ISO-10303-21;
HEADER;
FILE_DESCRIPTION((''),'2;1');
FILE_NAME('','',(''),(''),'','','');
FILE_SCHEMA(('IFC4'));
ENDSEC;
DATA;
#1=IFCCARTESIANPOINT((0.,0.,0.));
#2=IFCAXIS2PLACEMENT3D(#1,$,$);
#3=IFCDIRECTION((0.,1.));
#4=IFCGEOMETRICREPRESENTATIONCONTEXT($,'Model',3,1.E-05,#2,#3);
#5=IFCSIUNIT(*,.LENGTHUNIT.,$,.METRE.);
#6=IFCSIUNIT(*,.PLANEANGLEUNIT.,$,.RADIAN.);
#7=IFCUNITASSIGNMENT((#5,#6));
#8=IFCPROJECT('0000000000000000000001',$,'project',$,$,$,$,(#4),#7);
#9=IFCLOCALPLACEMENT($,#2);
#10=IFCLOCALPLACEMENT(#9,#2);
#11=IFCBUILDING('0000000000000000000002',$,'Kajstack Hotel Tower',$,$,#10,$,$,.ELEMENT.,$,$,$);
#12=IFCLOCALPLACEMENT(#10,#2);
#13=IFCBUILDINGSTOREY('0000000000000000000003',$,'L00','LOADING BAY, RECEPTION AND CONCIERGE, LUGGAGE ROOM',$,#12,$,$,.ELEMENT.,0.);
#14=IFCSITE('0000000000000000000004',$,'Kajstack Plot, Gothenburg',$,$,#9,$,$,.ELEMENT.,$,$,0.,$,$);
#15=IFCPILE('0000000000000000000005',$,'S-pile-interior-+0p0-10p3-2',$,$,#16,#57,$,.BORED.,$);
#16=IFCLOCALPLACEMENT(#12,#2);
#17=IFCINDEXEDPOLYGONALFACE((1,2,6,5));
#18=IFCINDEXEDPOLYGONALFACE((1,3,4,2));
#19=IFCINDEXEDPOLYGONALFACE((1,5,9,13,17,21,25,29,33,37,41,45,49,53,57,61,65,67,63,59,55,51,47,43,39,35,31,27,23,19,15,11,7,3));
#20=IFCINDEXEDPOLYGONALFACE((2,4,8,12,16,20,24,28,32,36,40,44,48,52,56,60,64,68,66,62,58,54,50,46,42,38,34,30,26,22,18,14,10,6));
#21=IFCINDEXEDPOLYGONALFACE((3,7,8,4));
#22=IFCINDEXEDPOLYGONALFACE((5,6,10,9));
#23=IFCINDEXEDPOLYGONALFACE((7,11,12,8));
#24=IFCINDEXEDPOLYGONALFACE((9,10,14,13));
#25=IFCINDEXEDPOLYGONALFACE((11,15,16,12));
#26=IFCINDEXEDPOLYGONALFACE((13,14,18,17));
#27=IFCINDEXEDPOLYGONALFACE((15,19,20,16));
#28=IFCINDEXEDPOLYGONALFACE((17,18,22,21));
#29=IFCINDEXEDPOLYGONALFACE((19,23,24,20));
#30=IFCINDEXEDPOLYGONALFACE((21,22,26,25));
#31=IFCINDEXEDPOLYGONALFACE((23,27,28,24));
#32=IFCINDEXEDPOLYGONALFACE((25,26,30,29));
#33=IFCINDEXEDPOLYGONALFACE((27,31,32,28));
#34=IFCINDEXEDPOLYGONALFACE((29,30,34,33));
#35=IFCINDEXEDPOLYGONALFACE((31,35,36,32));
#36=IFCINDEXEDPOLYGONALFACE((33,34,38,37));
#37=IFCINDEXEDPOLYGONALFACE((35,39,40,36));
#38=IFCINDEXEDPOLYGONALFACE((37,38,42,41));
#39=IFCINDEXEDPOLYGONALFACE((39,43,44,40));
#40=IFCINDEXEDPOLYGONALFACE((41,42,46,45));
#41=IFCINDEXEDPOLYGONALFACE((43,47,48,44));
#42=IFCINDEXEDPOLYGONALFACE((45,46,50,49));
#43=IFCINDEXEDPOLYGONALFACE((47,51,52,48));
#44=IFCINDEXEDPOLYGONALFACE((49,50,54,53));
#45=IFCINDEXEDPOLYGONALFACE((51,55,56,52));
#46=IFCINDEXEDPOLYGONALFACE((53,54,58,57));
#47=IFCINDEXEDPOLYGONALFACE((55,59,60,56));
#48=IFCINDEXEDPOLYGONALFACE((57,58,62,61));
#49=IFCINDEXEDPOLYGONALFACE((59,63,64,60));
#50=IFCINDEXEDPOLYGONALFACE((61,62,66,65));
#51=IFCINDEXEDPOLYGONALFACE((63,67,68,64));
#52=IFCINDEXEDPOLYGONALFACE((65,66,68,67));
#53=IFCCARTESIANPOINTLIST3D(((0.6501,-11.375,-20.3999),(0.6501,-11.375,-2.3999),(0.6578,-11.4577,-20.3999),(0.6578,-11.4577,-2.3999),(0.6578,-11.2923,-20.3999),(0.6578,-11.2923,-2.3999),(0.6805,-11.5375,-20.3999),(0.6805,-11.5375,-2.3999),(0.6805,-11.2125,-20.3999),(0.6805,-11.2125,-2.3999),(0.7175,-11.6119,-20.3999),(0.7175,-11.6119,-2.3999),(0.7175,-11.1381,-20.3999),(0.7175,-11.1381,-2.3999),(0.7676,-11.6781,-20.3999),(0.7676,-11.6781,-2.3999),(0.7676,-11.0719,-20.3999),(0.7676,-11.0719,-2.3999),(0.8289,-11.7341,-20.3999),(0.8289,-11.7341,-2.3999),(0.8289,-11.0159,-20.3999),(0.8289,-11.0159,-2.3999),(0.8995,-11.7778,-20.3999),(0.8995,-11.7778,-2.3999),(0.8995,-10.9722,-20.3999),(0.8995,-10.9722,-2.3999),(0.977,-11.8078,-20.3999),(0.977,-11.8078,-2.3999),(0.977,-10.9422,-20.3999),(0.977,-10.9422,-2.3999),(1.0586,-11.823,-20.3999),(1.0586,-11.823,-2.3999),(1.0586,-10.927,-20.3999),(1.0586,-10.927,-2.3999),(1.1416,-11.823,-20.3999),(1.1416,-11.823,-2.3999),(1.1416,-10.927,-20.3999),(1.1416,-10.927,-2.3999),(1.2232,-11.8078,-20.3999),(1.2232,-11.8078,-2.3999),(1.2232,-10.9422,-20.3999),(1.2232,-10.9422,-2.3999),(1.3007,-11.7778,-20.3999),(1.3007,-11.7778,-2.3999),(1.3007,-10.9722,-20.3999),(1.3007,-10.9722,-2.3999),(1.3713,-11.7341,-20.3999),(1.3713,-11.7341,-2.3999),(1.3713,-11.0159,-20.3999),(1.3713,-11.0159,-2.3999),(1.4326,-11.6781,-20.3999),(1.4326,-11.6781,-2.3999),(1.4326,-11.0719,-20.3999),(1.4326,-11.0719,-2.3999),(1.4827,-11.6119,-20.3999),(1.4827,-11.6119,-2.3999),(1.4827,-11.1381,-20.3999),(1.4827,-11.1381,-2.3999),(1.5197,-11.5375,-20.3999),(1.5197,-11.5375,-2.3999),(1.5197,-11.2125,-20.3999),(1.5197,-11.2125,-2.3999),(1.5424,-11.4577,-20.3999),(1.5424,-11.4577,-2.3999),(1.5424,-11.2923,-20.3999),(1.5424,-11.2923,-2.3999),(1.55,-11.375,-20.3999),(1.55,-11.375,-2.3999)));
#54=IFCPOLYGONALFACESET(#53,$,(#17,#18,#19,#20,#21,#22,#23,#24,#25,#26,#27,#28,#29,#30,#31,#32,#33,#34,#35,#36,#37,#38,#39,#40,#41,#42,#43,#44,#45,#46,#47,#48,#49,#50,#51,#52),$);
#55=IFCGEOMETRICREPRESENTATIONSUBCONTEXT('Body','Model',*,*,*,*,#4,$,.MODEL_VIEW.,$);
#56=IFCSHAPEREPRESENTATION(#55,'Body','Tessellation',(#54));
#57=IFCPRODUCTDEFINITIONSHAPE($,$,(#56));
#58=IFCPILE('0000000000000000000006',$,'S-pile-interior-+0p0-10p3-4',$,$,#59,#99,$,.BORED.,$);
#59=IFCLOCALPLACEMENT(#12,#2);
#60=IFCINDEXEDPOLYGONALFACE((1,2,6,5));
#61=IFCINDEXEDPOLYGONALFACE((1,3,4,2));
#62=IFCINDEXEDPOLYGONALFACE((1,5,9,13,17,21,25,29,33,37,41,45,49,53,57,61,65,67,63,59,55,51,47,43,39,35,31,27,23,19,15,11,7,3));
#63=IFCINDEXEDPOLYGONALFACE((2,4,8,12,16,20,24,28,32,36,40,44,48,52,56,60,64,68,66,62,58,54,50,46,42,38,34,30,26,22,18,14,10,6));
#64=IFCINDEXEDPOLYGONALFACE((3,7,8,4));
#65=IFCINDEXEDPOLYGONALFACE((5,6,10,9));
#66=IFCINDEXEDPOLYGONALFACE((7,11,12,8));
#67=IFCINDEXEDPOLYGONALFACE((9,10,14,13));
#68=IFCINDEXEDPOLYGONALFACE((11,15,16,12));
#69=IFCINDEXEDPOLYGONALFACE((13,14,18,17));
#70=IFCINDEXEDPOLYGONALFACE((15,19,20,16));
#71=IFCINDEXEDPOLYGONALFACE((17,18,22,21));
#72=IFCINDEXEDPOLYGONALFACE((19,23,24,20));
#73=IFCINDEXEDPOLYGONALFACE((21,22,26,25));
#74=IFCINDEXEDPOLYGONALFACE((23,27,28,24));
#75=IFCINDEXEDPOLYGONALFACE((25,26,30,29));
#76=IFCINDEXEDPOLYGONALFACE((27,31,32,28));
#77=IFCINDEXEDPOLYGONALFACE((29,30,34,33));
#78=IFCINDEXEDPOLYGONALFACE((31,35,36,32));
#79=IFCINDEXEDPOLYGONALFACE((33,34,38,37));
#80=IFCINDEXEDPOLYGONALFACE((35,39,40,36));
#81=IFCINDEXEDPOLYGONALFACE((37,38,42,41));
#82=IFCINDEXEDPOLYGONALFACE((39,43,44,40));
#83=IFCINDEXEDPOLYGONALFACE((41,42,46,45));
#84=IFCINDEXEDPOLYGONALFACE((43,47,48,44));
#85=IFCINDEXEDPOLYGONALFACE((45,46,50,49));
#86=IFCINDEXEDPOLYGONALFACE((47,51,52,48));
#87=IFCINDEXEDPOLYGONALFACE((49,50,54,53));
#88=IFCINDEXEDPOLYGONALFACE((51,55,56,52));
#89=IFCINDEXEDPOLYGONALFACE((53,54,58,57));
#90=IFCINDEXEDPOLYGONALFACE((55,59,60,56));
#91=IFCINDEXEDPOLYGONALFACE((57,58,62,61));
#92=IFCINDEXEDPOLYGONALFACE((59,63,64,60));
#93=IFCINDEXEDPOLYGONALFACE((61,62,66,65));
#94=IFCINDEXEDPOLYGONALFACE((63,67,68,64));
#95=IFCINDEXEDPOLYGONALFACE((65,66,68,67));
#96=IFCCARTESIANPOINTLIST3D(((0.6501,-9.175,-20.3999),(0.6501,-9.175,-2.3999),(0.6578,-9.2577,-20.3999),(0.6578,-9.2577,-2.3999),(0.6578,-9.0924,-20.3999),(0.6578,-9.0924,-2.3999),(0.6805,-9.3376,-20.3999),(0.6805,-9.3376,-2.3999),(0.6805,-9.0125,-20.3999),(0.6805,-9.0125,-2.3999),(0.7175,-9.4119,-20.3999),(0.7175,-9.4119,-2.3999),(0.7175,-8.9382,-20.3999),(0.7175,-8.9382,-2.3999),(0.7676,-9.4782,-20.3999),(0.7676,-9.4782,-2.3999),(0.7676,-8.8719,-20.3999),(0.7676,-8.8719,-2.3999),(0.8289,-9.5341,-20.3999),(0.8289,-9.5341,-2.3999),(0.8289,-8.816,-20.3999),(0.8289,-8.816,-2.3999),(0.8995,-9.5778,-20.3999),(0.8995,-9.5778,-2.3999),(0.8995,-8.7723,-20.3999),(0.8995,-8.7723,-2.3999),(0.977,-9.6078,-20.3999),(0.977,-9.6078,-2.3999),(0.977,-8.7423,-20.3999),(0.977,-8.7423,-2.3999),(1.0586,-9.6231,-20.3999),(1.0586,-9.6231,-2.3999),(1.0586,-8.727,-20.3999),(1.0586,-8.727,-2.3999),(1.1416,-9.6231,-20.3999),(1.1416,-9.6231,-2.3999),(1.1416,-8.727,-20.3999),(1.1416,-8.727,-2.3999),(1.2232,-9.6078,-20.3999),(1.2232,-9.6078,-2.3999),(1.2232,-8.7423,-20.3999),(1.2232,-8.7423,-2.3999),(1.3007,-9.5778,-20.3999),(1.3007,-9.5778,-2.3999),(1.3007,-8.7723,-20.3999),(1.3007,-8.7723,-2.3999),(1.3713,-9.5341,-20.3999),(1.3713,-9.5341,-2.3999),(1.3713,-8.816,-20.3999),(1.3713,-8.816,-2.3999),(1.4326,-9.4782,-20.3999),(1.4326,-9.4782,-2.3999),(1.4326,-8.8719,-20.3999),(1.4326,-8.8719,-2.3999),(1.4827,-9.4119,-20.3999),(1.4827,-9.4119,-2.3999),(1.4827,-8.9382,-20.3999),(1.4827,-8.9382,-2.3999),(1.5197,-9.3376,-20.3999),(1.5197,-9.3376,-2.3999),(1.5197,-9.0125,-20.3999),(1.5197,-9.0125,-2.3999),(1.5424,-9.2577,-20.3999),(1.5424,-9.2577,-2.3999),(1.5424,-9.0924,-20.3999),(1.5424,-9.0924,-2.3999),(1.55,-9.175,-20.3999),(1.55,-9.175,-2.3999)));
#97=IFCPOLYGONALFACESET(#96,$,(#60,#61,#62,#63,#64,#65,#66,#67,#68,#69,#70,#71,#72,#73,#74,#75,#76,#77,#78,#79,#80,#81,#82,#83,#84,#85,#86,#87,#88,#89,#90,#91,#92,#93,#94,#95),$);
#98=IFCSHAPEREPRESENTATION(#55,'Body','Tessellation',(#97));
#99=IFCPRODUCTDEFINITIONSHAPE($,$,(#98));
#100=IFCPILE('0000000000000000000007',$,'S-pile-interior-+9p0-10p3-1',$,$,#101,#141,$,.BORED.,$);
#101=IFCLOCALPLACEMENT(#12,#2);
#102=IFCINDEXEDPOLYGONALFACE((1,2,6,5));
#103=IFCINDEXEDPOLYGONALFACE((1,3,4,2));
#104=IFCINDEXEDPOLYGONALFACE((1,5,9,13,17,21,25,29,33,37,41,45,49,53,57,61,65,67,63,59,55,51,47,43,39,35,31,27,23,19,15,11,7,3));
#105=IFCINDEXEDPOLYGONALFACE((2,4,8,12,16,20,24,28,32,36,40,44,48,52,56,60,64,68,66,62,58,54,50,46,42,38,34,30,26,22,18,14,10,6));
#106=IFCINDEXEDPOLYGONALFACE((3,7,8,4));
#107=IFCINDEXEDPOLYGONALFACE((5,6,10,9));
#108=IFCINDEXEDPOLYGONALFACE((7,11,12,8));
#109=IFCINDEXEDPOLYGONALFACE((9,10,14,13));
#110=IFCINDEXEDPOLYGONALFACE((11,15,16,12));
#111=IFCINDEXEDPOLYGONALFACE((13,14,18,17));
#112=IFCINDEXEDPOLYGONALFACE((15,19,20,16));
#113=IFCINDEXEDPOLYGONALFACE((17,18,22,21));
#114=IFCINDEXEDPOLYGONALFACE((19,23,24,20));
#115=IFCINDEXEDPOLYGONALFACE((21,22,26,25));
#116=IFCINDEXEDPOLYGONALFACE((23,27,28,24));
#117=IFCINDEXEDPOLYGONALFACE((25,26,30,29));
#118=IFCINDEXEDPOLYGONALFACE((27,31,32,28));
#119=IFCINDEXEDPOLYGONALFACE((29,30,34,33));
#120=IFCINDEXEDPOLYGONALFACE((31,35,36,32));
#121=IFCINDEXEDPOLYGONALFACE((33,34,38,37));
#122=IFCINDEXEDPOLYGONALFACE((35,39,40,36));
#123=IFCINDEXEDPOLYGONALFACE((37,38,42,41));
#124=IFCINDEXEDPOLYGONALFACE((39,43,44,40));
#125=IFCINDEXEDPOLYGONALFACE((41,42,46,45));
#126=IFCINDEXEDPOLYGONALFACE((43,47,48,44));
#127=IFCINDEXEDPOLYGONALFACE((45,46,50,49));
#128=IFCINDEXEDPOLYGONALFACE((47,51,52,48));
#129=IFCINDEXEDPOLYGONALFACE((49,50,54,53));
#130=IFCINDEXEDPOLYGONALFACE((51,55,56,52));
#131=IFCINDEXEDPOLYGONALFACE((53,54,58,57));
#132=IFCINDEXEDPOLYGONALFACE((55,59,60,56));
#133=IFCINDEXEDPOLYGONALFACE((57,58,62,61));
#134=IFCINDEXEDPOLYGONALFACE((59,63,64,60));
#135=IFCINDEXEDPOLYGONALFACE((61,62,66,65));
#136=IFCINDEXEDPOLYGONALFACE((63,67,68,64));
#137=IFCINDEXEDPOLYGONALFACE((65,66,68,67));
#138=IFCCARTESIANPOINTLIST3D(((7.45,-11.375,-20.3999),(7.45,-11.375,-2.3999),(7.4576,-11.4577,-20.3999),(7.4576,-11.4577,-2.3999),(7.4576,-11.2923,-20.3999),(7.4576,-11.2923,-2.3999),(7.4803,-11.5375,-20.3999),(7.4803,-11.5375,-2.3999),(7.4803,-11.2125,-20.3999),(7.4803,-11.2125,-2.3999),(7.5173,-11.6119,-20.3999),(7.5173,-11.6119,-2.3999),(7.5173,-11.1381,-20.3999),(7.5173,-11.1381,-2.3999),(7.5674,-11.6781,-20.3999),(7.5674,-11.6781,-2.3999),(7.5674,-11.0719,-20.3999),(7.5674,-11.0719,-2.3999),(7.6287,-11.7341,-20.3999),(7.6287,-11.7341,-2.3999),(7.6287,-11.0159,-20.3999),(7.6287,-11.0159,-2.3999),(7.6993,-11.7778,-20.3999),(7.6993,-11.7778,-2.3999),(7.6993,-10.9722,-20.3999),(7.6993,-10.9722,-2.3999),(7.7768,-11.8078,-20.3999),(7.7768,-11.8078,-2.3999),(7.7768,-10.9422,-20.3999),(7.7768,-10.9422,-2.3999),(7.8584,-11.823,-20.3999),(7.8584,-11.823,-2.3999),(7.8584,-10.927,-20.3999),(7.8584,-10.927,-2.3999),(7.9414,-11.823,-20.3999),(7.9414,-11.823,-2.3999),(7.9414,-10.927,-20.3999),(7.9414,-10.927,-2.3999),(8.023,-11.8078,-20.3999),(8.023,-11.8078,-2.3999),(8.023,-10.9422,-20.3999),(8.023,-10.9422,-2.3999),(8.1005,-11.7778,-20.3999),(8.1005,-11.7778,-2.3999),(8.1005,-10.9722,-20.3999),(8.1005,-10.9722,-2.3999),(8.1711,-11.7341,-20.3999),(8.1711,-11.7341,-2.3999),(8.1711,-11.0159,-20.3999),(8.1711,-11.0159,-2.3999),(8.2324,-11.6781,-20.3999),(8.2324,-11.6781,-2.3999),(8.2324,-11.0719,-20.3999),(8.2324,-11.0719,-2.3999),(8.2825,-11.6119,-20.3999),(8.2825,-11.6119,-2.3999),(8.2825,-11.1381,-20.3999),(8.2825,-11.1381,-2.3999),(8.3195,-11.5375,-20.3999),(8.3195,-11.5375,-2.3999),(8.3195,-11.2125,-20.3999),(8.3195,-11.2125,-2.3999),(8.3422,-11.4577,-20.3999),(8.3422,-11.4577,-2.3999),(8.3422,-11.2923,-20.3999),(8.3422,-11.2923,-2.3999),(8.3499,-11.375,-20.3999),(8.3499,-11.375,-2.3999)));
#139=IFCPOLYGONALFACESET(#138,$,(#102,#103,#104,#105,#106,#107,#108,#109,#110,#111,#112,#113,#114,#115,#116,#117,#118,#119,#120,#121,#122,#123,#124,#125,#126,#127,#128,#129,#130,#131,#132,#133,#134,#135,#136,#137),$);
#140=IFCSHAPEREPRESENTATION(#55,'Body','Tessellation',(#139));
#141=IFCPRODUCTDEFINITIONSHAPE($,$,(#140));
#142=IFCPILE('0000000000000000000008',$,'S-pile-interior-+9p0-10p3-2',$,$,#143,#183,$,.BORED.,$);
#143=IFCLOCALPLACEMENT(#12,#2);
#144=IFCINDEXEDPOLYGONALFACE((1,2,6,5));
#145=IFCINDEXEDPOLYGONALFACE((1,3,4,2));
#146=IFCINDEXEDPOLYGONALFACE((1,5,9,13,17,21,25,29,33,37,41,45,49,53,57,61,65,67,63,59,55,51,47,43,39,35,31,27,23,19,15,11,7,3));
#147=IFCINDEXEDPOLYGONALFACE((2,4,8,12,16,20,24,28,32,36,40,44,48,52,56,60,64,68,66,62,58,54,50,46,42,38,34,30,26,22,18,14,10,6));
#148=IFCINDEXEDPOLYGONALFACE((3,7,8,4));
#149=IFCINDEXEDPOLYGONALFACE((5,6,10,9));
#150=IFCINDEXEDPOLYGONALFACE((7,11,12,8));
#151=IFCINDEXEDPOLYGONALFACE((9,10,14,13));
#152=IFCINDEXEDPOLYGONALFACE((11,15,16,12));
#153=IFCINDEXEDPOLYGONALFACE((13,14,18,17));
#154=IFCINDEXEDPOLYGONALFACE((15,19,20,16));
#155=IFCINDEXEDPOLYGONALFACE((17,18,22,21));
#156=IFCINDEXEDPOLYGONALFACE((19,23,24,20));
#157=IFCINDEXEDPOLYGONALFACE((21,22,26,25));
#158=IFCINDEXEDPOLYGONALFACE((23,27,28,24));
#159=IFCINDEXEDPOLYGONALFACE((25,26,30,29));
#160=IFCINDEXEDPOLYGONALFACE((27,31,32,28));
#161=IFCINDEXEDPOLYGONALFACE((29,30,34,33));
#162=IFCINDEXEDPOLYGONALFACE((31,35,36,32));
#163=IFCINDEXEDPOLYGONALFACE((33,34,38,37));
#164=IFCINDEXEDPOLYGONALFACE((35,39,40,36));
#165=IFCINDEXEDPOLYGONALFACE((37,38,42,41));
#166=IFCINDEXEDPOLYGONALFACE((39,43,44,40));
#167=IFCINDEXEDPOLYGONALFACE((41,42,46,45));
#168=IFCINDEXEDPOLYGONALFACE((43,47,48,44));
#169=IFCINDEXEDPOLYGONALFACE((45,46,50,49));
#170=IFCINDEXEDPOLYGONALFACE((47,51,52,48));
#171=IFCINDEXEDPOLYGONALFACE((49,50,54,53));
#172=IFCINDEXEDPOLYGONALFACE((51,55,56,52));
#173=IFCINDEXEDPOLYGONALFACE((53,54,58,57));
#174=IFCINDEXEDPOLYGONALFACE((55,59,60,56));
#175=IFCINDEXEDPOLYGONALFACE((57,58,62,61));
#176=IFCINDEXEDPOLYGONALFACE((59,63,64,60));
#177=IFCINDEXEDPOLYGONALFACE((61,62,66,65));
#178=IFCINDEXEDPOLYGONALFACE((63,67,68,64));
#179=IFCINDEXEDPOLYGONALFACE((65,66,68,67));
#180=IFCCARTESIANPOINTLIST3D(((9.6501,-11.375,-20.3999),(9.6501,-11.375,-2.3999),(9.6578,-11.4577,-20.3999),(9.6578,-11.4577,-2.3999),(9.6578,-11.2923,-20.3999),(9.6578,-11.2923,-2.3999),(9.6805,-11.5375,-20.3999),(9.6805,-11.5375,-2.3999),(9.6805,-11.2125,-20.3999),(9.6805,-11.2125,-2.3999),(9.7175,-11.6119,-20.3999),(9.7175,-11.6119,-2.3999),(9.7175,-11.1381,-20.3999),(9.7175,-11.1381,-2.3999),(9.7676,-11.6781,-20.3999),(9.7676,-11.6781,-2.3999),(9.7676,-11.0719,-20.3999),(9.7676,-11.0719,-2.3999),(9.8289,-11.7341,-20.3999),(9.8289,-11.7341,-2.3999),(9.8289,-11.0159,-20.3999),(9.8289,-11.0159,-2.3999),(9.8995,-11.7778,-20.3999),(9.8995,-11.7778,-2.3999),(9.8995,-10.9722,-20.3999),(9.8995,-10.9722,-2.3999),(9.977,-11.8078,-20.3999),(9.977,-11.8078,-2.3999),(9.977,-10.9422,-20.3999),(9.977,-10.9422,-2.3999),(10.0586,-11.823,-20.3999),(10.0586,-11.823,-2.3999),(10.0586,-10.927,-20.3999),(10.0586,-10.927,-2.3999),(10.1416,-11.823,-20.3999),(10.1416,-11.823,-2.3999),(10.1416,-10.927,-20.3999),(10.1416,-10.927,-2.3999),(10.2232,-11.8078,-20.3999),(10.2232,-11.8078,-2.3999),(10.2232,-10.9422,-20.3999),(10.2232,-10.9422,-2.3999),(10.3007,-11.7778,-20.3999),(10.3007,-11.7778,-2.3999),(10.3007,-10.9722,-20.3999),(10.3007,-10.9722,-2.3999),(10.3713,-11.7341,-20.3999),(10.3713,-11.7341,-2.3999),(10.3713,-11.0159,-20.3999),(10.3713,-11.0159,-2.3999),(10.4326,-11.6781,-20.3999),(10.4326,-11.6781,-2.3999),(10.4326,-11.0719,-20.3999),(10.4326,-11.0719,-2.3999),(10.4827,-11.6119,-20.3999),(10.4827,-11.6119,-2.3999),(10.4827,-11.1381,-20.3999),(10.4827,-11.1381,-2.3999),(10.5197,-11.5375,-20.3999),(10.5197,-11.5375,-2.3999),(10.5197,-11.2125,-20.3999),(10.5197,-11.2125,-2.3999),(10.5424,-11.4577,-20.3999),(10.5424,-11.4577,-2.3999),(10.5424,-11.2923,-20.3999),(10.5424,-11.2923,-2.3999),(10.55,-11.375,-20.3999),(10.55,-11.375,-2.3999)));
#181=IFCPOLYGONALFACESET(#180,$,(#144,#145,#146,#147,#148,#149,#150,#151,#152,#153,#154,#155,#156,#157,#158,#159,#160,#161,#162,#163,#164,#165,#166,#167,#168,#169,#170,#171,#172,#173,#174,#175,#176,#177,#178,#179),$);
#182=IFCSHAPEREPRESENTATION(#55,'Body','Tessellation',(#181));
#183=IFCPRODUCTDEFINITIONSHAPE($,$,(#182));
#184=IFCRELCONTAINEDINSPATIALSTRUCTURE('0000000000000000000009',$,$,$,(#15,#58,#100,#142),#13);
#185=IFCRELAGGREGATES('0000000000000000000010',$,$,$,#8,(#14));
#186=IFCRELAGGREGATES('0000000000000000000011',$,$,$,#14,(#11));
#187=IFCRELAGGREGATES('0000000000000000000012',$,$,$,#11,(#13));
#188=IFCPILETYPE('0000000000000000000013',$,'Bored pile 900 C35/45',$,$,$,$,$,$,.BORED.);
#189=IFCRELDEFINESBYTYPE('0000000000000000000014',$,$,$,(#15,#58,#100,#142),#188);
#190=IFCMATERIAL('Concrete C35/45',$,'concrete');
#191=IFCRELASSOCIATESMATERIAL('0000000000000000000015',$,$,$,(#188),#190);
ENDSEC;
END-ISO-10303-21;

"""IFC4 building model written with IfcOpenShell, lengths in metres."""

from ifc_helpers import new_model, si_unit, direction, frame, origin, origin_2d, place, context, subcontext, project, spatial, circle, extrude, material, material_profile, profile_set, type_object, element, save


model = new_model("IFC4")

# Units and contexts
model_context = context("Model", 3, precision=1e-05, world=origin(), true_north=direction((0.0, 1.0)))
body_context = subcontext(model_context, "Body", "Model", "MODEL_VIEW")
ifc_project = project(units=[si_unit("LENGTHUNIT", "METRE"), si_unit("PLANEANGLEUNIT", "RADIAN")], contexts=[model_context])

# Site, building, storey
site_placement = place(None, origin())
site = spatial("IfcSite", under=ifc_project, at=site_placement, Name="Kajstack Plot, Gothenburg", CompositionType="ELEMENT", RefElevation=0.0)
building_placement = place(site_placement, origin())
building = spatial("IfcBuilding", under=site, at=building_placement, Name="Kajstack Hotel Tower", CompositionType="ELEMENT")
storey_placement = place(building_placement, origin())
storey = spatial("IfcBuildingStorey", under=building, at=storey_placement, Name="L00", Description="LOADING BAY, RECEPTION AND CONCIERGE, LUGGAGE ROOM", CompositionType="ELEMENT", Elevation=0.0)

# Piles
ifc_material_1 = material(Name="Concrete C35/45", Category="concrete")
ifc_material_profile_1 = material_profile(ifc_material_1, circle(Radius=0.45, at=origin_2d()), Name="RC round 900")
ifc_profile_set_1 = profile_set([ifc_material_profile_1], Name="Concrete C35/45")
pile_type = type_object("IfcPileType", Name="Bored pile 900 C35/45", PredefinedType="BORED", material=ifc_profile_set_1)
for number, where, z_axis, x_axis, name in (
    (1, (1.1001, -11.375, -2.3999), (0.0, 0.0, -1.0), (1.0, 0.0, 0.0), "S-pile-interior-+0p0-10p3-2"),
    (2, (1.1001, -9.175, -2.3999), (0.0, 0.0, -1.0), (1.0, 0.0, 0.0), "S-pile-interior-+0p0-10p3-4"),
    (3, (7.8999, -11.375, -2.3999), (0.0, 0.0, -1.0), (1.0, 0.0, 0.0), "S-pile-interior-+9p0-10p3-1"),
    (4, (10.1001, -11.375, -2.3999), (0.0, 0.0, -1.0), (1.0, 0.0, 0.0), "S-pile-interior-+9p0-10p3-2"),
):
    element("IfcPile", number, at=place(storey_placement, frame(where, z_axis=z_axis, x_axis=x_axis)), inside=storey, type_object=pile_type, Name=name, PredefinedType="BORED", context=body_context, shape_type="SweptSolid", body=[
        extrude(circle(Radius=0.45, at=origin_2d()), origin(), (0.0, 0.0, 1.0), 18.0),
    ])

save(model, "model.ifc")
